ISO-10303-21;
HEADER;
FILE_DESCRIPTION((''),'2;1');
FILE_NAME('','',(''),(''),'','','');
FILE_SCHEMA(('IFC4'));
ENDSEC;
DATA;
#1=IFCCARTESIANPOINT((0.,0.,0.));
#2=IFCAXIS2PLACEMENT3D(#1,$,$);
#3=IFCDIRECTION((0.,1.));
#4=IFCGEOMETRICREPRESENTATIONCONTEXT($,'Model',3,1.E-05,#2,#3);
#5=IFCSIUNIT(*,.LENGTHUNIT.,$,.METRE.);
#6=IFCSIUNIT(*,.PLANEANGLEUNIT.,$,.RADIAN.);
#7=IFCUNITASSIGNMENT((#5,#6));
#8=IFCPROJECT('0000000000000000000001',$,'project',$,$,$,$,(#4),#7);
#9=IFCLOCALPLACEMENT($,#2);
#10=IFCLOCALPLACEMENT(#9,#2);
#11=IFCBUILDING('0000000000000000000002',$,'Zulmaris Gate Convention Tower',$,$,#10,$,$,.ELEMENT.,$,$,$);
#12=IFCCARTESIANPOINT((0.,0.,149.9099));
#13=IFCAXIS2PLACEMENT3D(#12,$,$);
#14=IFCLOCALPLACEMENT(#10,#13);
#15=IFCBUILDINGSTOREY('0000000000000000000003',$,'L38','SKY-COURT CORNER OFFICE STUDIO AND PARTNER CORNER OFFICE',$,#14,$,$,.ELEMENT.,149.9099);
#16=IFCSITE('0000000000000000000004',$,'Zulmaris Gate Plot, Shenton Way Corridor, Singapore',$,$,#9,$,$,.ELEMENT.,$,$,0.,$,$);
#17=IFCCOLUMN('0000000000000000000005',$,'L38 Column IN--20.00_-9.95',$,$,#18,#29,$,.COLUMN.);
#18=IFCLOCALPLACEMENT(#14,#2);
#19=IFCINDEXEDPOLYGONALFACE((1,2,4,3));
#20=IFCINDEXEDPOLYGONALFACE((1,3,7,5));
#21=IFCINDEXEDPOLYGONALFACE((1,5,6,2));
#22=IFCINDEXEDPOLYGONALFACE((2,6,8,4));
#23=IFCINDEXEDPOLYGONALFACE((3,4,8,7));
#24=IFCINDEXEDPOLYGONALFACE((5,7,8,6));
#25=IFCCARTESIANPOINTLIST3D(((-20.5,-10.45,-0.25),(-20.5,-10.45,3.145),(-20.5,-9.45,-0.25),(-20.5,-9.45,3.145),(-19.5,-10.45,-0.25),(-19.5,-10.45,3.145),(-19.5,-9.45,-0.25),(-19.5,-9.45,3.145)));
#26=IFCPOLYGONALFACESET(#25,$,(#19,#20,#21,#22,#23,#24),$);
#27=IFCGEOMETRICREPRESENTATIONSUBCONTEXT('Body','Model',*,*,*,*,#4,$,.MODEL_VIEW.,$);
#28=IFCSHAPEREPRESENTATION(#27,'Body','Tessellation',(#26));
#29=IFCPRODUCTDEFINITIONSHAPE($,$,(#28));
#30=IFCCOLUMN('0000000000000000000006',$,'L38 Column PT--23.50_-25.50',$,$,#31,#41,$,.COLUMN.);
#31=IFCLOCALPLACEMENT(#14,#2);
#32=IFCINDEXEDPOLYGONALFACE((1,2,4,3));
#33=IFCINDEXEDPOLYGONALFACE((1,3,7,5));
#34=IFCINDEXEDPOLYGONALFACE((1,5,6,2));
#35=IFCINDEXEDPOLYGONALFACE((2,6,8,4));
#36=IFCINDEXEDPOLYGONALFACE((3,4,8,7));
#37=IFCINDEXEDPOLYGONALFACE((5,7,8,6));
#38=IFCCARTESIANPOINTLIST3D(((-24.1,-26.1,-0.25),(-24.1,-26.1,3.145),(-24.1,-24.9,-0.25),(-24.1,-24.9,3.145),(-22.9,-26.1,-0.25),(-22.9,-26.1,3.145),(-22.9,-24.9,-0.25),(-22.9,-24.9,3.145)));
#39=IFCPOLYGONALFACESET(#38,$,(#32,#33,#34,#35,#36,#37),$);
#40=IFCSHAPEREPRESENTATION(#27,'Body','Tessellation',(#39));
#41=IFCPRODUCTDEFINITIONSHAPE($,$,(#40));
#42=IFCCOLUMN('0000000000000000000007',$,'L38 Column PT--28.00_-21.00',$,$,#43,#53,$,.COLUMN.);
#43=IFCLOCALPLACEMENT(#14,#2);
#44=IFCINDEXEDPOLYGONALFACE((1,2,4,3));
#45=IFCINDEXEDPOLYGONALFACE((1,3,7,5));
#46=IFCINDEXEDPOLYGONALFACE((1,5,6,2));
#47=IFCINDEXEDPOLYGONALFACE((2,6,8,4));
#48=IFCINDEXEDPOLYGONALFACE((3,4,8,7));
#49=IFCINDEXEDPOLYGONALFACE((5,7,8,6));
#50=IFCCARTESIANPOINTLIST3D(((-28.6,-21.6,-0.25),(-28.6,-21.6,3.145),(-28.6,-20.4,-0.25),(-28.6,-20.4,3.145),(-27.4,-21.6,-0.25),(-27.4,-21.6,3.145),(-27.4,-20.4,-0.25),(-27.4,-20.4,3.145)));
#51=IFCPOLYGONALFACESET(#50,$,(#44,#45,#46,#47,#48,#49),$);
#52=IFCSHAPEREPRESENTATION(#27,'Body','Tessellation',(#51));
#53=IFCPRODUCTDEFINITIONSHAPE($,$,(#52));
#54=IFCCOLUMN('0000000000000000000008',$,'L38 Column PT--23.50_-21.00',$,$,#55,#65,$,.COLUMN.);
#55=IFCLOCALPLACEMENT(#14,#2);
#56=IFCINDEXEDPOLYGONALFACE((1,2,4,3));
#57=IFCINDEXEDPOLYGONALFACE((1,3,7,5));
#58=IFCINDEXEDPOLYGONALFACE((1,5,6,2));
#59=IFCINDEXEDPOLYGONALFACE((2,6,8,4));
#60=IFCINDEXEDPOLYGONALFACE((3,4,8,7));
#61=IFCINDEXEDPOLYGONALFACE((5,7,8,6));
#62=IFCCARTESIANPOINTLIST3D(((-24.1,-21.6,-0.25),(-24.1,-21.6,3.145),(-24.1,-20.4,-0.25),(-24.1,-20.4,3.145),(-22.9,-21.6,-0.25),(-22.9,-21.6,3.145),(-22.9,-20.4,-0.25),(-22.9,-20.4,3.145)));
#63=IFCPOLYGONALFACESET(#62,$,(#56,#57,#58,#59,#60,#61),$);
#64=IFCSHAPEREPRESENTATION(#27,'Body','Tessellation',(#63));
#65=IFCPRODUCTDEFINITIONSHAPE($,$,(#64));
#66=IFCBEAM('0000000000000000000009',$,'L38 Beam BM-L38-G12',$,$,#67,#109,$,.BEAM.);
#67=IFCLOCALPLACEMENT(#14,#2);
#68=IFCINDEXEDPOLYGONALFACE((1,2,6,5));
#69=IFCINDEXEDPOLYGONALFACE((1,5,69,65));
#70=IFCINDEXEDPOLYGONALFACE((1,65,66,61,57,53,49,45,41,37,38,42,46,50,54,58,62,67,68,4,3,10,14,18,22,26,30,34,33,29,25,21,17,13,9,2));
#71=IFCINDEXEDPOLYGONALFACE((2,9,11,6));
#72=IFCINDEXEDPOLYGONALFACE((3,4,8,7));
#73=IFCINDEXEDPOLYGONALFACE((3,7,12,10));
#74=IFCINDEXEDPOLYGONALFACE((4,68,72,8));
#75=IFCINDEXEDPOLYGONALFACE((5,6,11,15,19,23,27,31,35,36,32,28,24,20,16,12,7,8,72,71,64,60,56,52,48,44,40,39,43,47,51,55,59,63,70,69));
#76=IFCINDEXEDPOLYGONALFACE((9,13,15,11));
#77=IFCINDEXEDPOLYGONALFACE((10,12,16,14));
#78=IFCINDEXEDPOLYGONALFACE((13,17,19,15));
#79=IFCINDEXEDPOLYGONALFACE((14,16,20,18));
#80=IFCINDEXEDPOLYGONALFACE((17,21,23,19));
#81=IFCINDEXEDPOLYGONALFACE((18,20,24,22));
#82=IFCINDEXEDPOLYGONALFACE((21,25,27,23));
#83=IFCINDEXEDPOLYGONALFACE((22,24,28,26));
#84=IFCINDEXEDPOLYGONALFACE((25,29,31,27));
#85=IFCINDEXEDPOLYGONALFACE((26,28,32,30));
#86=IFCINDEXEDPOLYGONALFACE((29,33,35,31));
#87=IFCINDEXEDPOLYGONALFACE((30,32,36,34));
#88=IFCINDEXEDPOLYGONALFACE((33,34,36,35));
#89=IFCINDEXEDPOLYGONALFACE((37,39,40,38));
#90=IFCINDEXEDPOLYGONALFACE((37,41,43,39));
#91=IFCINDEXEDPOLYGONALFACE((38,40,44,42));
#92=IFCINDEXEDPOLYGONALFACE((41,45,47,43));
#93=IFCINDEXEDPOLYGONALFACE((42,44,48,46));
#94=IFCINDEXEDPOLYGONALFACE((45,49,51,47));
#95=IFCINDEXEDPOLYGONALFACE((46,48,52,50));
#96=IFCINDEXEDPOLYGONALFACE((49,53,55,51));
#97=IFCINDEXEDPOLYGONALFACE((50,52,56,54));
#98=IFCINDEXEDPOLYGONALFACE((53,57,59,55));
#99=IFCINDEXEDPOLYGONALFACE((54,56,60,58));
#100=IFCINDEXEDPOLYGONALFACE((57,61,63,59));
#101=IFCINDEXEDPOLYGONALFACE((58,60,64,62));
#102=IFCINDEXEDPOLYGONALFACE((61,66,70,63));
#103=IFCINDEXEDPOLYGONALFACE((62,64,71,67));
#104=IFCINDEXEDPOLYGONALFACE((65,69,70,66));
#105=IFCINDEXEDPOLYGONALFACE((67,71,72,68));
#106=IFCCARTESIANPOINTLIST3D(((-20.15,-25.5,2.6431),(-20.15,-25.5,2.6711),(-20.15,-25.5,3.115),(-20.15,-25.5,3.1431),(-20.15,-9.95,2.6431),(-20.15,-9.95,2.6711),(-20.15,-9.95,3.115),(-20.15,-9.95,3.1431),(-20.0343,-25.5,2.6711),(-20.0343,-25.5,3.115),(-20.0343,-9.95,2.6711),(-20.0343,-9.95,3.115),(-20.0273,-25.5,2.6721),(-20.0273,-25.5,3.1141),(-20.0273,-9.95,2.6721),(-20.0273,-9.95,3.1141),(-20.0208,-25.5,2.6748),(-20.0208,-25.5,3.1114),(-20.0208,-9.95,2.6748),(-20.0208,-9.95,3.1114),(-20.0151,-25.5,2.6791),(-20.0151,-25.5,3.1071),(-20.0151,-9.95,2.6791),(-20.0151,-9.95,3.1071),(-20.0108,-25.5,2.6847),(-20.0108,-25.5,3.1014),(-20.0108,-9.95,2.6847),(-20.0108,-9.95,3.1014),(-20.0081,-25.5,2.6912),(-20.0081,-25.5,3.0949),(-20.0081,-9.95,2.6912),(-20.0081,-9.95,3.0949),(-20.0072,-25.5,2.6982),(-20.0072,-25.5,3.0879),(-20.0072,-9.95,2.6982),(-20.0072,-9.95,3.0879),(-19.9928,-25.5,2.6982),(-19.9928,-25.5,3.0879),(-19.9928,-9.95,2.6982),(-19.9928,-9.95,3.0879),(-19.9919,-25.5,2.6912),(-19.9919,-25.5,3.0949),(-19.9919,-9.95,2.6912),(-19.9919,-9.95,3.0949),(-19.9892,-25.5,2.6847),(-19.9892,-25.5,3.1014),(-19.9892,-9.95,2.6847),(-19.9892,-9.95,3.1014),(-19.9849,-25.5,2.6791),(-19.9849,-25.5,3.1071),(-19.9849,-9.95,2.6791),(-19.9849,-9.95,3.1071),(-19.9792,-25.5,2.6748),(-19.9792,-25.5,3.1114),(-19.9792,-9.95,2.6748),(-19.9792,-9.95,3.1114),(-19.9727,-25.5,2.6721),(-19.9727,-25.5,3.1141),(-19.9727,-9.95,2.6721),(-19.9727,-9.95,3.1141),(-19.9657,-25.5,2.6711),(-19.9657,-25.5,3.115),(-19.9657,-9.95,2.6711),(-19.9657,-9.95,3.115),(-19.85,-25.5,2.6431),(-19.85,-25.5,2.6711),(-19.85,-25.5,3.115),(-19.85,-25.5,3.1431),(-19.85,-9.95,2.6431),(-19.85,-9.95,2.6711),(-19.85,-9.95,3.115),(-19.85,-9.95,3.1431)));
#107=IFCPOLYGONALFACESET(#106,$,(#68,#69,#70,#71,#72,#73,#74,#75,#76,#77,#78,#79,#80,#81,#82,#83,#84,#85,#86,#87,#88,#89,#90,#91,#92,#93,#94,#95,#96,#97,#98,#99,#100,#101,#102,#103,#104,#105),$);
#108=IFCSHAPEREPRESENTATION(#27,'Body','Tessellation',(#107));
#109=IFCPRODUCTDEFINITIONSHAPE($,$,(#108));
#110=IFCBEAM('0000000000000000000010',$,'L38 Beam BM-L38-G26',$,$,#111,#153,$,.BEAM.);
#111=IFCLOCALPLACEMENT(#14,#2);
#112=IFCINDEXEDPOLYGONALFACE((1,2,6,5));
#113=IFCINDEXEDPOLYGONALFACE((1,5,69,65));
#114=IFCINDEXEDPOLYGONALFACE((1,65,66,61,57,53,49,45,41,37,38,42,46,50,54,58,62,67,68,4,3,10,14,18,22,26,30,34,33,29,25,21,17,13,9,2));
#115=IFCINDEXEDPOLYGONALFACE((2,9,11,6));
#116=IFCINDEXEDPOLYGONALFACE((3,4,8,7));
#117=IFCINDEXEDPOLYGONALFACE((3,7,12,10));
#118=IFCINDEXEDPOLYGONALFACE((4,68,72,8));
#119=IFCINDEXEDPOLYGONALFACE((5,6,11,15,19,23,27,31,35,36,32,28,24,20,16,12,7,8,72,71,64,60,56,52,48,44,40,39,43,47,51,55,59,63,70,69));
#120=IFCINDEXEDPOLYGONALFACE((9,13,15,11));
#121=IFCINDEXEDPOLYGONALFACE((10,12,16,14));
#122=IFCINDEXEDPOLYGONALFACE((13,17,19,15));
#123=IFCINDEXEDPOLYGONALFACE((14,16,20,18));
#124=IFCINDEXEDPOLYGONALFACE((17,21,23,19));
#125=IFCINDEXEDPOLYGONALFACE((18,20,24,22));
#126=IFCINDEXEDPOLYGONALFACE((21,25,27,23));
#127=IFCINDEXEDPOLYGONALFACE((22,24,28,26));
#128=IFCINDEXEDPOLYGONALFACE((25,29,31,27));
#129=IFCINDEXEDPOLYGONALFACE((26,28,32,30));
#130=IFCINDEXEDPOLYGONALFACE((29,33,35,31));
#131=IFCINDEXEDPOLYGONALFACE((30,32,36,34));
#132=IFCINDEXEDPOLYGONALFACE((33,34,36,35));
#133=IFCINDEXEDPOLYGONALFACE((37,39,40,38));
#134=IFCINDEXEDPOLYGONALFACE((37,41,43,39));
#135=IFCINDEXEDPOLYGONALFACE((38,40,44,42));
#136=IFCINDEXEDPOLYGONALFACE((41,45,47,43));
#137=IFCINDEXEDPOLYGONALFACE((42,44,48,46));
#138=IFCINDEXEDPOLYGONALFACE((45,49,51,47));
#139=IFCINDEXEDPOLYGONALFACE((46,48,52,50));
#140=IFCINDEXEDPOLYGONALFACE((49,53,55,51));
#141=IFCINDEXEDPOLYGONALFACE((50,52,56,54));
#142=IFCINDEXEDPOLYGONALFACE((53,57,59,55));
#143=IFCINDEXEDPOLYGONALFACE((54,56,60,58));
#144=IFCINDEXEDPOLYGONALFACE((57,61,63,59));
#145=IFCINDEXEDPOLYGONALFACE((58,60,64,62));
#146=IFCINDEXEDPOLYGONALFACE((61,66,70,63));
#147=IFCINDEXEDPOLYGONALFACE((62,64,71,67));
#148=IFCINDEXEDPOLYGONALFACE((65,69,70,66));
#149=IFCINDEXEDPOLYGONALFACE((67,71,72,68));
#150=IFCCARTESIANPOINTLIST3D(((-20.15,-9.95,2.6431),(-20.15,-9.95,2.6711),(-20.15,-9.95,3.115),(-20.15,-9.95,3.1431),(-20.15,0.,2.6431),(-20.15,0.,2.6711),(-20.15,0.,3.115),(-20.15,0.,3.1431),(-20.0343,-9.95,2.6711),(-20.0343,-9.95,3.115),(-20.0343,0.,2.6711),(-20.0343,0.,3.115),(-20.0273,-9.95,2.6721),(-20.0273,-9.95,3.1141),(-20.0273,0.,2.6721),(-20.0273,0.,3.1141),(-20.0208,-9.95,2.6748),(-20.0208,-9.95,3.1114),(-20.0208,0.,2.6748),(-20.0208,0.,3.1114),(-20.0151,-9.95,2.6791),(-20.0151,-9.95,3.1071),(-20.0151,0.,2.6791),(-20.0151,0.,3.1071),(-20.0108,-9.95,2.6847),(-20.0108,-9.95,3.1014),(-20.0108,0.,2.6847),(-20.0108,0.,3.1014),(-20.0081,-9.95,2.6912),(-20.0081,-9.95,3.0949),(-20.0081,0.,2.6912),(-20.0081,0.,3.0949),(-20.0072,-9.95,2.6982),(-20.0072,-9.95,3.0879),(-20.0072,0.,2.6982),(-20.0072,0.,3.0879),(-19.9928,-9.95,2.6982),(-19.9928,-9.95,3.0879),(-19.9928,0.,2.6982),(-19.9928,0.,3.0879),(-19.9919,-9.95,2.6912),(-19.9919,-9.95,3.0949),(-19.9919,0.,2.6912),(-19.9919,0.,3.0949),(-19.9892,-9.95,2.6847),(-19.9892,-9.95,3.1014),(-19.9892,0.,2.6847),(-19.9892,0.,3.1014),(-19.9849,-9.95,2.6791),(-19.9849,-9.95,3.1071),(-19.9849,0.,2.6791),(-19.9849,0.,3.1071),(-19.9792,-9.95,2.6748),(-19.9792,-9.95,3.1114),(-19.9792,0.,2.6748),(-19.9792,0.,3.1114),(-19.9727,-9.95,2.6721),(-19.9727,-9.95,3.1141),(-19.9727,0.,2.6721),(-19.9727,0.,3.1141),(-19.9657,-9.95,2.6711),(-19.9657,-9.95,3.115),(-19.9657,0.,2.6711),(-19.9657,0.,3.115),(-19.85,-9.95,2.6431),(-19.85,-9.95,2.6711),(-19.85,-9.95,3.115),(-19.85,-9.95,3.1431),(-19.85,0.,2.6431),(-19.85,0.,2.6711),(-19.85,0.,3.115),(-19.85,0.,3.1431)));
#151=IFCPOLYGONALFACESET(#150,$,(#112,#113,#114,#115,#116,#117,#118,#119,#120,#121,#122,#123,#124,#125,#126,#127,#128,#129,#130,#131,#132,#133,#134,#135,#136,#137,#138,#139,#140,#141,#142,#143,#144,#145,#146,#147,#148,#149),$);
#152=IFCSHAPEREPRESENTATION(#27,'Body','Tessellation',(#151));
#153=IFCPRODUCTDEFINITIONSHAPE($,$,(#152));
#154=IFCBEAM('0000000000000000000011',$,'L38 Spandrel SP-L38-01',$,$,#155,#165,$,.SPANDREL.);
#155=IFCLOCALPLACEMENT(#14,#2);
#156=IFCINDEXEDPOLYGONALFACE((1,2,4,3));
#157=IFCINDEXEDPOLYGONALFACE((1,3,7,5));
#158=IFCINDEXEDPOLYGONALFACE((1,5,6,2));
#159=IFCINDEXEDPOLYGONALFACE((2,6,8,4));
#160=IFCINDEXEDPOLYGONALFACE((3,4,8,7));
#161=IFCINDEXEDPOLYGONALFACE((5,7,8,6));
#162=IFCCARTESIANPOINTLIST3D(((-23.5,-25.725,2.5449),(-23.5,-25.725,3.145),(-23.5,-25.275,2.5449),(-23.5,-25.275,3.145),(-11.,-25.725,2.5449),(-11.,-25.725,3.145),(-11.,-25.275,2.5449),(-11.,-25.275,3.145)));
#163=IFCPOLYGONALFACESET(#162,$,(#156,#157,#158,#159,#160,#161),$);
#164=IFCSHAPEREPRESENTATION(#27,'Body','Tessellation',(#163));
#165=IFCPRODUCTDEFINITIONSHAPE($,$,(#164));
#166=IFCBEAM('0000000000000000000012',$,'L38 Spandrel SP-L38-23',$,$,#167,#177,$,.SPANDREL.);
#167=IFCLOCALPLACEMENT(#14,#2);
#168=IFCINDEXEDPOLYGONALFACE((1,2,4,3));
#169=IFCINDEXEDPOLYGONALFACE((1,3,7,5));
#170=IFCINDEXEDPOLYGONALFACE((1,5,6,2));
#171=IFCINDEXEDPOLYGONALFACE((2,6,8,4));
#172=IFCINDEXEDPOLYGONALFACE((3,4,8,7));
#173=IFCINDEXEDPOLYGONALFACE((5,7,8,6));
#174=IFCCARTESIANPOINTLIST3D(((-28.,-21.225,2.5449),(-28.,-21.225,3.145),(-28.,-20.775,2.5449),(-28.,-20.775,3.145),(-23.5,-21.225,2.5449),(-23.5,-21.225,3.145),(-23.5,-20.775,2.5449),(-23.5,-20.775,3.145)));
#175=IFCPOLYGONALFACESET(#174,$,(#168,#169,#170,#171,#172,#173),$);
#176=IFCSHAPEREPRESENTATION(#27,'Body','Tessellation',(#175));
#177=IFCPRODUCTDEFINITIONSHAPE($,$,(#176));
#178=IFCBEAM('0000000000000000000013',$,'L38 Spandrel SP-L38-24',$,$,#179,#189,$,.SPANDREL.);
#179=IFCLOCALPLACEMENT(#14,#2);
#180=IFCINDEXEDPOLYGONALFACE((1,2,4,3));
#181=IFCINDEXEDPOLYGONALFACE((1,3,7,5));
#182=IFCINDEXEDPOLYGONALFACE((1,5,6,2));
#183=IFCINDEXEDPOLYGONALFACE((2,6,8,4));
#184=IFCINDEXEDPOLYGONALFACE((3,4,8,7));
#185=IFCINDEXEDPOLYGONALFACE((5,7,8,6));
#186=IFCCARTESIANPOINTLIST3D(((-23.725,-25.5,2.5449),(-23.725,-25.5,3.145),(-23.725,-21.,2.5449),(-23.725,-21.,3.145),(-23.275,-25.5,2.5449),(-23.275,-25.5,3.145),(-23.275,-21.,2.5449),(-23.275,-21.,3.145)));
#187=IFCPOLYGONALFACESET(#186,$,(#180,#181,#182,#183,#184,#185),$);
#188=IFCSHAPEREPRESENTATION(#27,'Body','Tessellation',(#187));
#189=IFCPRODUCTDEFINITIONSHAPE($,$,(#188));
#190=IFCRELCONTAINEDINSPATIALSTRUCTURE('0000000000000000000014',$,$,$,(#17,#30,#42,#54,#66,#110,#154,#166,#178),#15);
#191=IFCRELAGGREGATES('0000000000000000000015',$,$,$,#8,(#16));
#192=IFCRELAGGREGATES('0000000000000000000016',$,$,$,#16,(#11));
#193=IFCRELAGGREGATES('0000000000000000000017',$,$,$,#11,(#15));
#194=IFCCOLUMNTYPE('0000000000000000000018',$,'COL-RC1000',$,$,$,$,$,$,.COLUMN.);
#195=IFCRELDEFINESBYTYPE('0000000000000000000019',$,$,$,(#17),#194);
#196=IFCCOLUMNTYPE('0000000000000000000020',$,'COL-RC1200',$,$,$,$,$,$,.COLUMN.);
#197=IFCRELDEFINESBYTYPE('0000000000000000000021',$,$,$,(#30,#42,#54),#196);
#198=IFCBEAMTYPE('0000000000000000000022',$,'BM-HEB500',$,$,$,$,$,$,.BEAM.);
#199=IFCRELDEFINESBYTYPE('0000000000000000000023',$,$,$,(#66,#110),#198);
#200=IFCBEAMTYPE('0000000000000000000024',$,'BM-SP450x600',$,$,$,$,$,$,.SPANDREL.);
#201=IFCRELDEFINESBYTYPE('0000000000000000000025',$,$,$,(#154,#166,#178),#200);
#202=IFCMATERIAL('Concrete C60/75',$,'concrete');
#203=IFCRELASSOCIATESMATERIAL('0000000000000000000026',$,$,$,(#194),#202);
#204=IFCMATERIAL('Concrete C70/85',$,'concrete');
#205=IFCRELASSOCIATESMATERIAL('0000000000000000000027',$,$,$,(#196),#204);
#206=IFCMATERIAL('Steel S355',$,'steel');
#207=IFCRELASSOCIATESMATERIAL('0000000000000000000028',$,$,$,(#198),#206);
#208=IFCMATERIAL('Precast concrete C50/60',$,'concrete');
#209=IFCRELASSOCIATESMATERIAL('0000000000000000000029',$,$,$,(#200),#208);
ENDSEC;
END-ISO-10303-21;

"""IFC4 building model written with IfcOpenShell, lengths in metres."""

from ifc_helpers import new_model, si_unit, direction, frame, origin, origin_2d, place, context, subcontext, project, spatial, rectangle, i_section, extrude, material, material_profile, profile_set, type_object, element, save


model = new_model("IFC4")

# Units and contexts
model_context = context("Model", 3, precision=1e-05, world=origin(), true_north=direction((0.0, 1.0)))
body_context = subcontext(model_context, "Body", "Model", "MODEL_VIEW")
ifc_project = project(units=[si_unit("LENGTHUNIT", "METRE"), si_unit("PLANEANGLEUNIT", "RADIAN")], contexts=[model_context])

# Site, building, storey
site_placement = place(None, origin())
site = spatial("IfcSite", under=ifc_project, at=site_placement, Name="Zulmaris Gate Plot, Shenton Way Corridor, Singapore", CompositionType="ELEMENT", RefElevation=0.0)
building_placement = place(site_placement, origin())
building = spatial("IfcBuilding", under=site, at=building_placement, Name="Zulmaris Gate Convention Tower", CompositionType="ELEMENT")
storey_placement = place(building_placement, frame((0.0, 0.0, 149.9099)))
storey = spatial("IfcBuildingStorey", under=building, at=storey_placement, Name="L38", Description="SKY-COURT CORNER OFFICE STUDIO AND PARTNER CORNER OFFICE", CompositionType="ELEMENT", Elevation=149.9099)

# Columns
ifc_material_1 = material(Name="Concrete C60/75", Category="concrete")
ifc_material_profile_1 = material_profile(ifc_material_1, rectangle(XDim=1.0, YDim=1.0, at=origin_2d()), Name="RC COL 1000x1000")
ifc_profile_set_1 = profile_set([ifc_material_profile_1], Name="Concrete C60/75")
column_type_1 = type_object("IfcColumnType", Name="COL-RC1000", PredefinedType="COLUMN", material=ifc_profile_set_1)
column_placement = place(storey_placement, frame((-20.0, -9.95, -0.25), z_axis=(0.0, 0.0, 1.0), x_axis=(1.0, 0.0, 0.0)))
element("IfcColumn", 1, at=column_placement, inside=storey, type_object=column_type_1, Name="L38 Column IN--20.00_-9.95", PredefinedType="COLUMN", context=body_context, shape_type="SweptSolid", body=[
    extrude(rectangle(XDim=1.0, YDim=1.0, at=origin_2d()), origin(), (0.0, 0.0, 1.0), 3.395),
])
ifc_material_2 = material(Name="Concrete C70/85", Category="concrete")
ifc_material_profile_2 = material_profile(ifc_material_2, rectangle(XDim=1.2, YDim=1.2, at=origin_2d()), Name="RC COL 1200x1200")
ifc_profile_set_2 = profile_set([ifc_material_profile_2], Name="Concrete C70/85")
column_type_2 = type_object("IfcColumnType", Name="COL-RC1200", PredefinedType="COLUMN", material=ifc_profile_set_2)
for number, where, z_axis, x_axis, name in (
    (2, (-23.5, -25.5, -0.25), (0.0, 0.0, 1.0), (1.0, 0.0, 0.0), "L38 Column PT--23.50_-25.50"),
    (3, (-28.0, -21.0, -0.25), (0.0, 0.0, 1.0), (1.0, 0.0, 0.0), "L38 Column PT--28.00_-21.00"),
    (4, (-23.5, -21.0, -0.25), (0.0, 0.0, 1.0), (1.0, 0.0, 0.0), "L38 Column PT--23.50_-21.00"),
):
    element("IfcColumn", number, at=place(storey_placement, frame(where, z_axis=z_axis, x_axis=x_axis)), inside=storey, type_object=column_type_2, Name=name, PredefinedType="COLUMN", context=body_context, shape_type="SweptSolid", body=[
        extrude(rectangle(XDim=1.2, YDim=1.2, at=origin_2d()), origin(), (0.0, 0.0, 1.0), 3.395),
    ])

# Beams
ifc_material_3 = material(Name="Steel S355", Category="steel")
ifc_material_profile_3 = material_profile(ifc_material_3, i_section(OverallWidth=0.3, OverallDepth=0.5, WebThickness=0.0144, FlangeThickness=0.0281, FilletRadius=0.0271, at=origin_2d()), Name="HEB 500")
ifc_profile_set_3 = profile_set([ifc_material_profile_3], Name="Steel S355")
beam_type_1 = type_object("IfcBeamType", Name="BM-HEB500", PredefinedType="BEAM", material=ifc_profile_set_3)
beam_1_placement = place(storey_placement, frame((-20.0, -25.5, 2.8931), z_axis=(0.0, 1.0, 0.0), x_axis=(-1.0, 0.0, 0.0)))
element("IfcBeam", 5, at=beam_1_placement, inside=storey, type_object=beam_type_1, Name="L38 Beam BM-L38-G12", PredefinedType="BEAM", context=body_context, shape_type="SweptSolid", body=[
    extrude(i_section(OverallWidth=0.3, OverallDepth=0.5, WebThickness=0.0144, FlangeThickness=0.0281, FilletRadius=0.0271, at=origin_2d()), origin(), (0.0, 0.0, 1.0), 15.55),
])
beam_2_placement = place(storey_placement, frame((-20.0, -9.95, 2.8931), z_axis=(0.0, 1.0, 0.0), x_axis=(-1.0, 0.0, 0.0)))
element("IfcBeam", 6, at=beam_2_placement, inside=storey, type_object=beam_type_1, Name="L38 Beam BM-L38-G26", PredefinedType="BEAM", context=body_context, shape_type="SweptSolid", body=[
    extrude(i_section(OverallWidth=0.3, OverallDepth=0.5, WebThickness=0.0144, FlangeThickness=0.0281, FilletRadius=0.0271, at=origin_2d()), origin(), (0.0, 0.0, 1.0), 9.95),
])
ifc_material_4 = material(Name="Precast concrete C50/60", Category="concrete")
ifc_material_profile_4 = material_profile(ifc_material_4, rectangle(XDim=0.45, YDim=0.6001, at=origin_2d()), Name="RC SPANDREL 450x600")
ifc_profile_set_4 = profile_set([ifc_material_profile_4], Name="Precast concrete C50/60")
beam_type_2 = type_object("IfcBeamType", Name="BM-SP450x600", PredefinedType="SPANDREL", material=ifc_profile_set_4)
beam_3_placement = place(storey_placement, frame((-23.5, -25.5, 2.845), z_axis=(1.0, 0.0, 0.0), x_axis=(0.0, 1.0, 0.0)))
element("IfcBeam", 7, at=beam_3_placement, inside=storey, type_object=beam_type_2, Name="L38 Spandrel SP-L38-01", PredefinedType="SPANDREL", context=body_context, shape_type="SweptSolid", body=[
    extrude(rectangle(XDim=0.45, YDim=0.6001, at=origin_2d()), origin(), (0.0, 0.0, 1.0), 12.5),
])
for number, where, z_axis, x_axis, name in (
    (8, (-28.0, -21.0, 2.845), (1.0, 0.0, 0.0), (0.0, 1.0, 0.0), "L38 Spandrel SP-L38-23"),
    (9, (-23.5, -21.0, 2.845), (0.0, -1.0, 0.0), (1.0, 0.0, 0.0), "L38 Spandrel SP-L38-24"),
):
    element("IfcBeam", number, at=place(storey_placement, frame(where, z_axis=z_axis, x_axis=x_axis)), inside=storey, type_object=beam_type_2, Name=name, PredefinedType="SPANDREL", context=body_context, shape_type="SweptSolid", body=[
        extrude(rectangle(XDim=0.45, YDim=0.6001, at=origin_2d()), origin(), (0.0, 0.0, 1.0), 4.5),
    ])

save(model, "model.ifc")
